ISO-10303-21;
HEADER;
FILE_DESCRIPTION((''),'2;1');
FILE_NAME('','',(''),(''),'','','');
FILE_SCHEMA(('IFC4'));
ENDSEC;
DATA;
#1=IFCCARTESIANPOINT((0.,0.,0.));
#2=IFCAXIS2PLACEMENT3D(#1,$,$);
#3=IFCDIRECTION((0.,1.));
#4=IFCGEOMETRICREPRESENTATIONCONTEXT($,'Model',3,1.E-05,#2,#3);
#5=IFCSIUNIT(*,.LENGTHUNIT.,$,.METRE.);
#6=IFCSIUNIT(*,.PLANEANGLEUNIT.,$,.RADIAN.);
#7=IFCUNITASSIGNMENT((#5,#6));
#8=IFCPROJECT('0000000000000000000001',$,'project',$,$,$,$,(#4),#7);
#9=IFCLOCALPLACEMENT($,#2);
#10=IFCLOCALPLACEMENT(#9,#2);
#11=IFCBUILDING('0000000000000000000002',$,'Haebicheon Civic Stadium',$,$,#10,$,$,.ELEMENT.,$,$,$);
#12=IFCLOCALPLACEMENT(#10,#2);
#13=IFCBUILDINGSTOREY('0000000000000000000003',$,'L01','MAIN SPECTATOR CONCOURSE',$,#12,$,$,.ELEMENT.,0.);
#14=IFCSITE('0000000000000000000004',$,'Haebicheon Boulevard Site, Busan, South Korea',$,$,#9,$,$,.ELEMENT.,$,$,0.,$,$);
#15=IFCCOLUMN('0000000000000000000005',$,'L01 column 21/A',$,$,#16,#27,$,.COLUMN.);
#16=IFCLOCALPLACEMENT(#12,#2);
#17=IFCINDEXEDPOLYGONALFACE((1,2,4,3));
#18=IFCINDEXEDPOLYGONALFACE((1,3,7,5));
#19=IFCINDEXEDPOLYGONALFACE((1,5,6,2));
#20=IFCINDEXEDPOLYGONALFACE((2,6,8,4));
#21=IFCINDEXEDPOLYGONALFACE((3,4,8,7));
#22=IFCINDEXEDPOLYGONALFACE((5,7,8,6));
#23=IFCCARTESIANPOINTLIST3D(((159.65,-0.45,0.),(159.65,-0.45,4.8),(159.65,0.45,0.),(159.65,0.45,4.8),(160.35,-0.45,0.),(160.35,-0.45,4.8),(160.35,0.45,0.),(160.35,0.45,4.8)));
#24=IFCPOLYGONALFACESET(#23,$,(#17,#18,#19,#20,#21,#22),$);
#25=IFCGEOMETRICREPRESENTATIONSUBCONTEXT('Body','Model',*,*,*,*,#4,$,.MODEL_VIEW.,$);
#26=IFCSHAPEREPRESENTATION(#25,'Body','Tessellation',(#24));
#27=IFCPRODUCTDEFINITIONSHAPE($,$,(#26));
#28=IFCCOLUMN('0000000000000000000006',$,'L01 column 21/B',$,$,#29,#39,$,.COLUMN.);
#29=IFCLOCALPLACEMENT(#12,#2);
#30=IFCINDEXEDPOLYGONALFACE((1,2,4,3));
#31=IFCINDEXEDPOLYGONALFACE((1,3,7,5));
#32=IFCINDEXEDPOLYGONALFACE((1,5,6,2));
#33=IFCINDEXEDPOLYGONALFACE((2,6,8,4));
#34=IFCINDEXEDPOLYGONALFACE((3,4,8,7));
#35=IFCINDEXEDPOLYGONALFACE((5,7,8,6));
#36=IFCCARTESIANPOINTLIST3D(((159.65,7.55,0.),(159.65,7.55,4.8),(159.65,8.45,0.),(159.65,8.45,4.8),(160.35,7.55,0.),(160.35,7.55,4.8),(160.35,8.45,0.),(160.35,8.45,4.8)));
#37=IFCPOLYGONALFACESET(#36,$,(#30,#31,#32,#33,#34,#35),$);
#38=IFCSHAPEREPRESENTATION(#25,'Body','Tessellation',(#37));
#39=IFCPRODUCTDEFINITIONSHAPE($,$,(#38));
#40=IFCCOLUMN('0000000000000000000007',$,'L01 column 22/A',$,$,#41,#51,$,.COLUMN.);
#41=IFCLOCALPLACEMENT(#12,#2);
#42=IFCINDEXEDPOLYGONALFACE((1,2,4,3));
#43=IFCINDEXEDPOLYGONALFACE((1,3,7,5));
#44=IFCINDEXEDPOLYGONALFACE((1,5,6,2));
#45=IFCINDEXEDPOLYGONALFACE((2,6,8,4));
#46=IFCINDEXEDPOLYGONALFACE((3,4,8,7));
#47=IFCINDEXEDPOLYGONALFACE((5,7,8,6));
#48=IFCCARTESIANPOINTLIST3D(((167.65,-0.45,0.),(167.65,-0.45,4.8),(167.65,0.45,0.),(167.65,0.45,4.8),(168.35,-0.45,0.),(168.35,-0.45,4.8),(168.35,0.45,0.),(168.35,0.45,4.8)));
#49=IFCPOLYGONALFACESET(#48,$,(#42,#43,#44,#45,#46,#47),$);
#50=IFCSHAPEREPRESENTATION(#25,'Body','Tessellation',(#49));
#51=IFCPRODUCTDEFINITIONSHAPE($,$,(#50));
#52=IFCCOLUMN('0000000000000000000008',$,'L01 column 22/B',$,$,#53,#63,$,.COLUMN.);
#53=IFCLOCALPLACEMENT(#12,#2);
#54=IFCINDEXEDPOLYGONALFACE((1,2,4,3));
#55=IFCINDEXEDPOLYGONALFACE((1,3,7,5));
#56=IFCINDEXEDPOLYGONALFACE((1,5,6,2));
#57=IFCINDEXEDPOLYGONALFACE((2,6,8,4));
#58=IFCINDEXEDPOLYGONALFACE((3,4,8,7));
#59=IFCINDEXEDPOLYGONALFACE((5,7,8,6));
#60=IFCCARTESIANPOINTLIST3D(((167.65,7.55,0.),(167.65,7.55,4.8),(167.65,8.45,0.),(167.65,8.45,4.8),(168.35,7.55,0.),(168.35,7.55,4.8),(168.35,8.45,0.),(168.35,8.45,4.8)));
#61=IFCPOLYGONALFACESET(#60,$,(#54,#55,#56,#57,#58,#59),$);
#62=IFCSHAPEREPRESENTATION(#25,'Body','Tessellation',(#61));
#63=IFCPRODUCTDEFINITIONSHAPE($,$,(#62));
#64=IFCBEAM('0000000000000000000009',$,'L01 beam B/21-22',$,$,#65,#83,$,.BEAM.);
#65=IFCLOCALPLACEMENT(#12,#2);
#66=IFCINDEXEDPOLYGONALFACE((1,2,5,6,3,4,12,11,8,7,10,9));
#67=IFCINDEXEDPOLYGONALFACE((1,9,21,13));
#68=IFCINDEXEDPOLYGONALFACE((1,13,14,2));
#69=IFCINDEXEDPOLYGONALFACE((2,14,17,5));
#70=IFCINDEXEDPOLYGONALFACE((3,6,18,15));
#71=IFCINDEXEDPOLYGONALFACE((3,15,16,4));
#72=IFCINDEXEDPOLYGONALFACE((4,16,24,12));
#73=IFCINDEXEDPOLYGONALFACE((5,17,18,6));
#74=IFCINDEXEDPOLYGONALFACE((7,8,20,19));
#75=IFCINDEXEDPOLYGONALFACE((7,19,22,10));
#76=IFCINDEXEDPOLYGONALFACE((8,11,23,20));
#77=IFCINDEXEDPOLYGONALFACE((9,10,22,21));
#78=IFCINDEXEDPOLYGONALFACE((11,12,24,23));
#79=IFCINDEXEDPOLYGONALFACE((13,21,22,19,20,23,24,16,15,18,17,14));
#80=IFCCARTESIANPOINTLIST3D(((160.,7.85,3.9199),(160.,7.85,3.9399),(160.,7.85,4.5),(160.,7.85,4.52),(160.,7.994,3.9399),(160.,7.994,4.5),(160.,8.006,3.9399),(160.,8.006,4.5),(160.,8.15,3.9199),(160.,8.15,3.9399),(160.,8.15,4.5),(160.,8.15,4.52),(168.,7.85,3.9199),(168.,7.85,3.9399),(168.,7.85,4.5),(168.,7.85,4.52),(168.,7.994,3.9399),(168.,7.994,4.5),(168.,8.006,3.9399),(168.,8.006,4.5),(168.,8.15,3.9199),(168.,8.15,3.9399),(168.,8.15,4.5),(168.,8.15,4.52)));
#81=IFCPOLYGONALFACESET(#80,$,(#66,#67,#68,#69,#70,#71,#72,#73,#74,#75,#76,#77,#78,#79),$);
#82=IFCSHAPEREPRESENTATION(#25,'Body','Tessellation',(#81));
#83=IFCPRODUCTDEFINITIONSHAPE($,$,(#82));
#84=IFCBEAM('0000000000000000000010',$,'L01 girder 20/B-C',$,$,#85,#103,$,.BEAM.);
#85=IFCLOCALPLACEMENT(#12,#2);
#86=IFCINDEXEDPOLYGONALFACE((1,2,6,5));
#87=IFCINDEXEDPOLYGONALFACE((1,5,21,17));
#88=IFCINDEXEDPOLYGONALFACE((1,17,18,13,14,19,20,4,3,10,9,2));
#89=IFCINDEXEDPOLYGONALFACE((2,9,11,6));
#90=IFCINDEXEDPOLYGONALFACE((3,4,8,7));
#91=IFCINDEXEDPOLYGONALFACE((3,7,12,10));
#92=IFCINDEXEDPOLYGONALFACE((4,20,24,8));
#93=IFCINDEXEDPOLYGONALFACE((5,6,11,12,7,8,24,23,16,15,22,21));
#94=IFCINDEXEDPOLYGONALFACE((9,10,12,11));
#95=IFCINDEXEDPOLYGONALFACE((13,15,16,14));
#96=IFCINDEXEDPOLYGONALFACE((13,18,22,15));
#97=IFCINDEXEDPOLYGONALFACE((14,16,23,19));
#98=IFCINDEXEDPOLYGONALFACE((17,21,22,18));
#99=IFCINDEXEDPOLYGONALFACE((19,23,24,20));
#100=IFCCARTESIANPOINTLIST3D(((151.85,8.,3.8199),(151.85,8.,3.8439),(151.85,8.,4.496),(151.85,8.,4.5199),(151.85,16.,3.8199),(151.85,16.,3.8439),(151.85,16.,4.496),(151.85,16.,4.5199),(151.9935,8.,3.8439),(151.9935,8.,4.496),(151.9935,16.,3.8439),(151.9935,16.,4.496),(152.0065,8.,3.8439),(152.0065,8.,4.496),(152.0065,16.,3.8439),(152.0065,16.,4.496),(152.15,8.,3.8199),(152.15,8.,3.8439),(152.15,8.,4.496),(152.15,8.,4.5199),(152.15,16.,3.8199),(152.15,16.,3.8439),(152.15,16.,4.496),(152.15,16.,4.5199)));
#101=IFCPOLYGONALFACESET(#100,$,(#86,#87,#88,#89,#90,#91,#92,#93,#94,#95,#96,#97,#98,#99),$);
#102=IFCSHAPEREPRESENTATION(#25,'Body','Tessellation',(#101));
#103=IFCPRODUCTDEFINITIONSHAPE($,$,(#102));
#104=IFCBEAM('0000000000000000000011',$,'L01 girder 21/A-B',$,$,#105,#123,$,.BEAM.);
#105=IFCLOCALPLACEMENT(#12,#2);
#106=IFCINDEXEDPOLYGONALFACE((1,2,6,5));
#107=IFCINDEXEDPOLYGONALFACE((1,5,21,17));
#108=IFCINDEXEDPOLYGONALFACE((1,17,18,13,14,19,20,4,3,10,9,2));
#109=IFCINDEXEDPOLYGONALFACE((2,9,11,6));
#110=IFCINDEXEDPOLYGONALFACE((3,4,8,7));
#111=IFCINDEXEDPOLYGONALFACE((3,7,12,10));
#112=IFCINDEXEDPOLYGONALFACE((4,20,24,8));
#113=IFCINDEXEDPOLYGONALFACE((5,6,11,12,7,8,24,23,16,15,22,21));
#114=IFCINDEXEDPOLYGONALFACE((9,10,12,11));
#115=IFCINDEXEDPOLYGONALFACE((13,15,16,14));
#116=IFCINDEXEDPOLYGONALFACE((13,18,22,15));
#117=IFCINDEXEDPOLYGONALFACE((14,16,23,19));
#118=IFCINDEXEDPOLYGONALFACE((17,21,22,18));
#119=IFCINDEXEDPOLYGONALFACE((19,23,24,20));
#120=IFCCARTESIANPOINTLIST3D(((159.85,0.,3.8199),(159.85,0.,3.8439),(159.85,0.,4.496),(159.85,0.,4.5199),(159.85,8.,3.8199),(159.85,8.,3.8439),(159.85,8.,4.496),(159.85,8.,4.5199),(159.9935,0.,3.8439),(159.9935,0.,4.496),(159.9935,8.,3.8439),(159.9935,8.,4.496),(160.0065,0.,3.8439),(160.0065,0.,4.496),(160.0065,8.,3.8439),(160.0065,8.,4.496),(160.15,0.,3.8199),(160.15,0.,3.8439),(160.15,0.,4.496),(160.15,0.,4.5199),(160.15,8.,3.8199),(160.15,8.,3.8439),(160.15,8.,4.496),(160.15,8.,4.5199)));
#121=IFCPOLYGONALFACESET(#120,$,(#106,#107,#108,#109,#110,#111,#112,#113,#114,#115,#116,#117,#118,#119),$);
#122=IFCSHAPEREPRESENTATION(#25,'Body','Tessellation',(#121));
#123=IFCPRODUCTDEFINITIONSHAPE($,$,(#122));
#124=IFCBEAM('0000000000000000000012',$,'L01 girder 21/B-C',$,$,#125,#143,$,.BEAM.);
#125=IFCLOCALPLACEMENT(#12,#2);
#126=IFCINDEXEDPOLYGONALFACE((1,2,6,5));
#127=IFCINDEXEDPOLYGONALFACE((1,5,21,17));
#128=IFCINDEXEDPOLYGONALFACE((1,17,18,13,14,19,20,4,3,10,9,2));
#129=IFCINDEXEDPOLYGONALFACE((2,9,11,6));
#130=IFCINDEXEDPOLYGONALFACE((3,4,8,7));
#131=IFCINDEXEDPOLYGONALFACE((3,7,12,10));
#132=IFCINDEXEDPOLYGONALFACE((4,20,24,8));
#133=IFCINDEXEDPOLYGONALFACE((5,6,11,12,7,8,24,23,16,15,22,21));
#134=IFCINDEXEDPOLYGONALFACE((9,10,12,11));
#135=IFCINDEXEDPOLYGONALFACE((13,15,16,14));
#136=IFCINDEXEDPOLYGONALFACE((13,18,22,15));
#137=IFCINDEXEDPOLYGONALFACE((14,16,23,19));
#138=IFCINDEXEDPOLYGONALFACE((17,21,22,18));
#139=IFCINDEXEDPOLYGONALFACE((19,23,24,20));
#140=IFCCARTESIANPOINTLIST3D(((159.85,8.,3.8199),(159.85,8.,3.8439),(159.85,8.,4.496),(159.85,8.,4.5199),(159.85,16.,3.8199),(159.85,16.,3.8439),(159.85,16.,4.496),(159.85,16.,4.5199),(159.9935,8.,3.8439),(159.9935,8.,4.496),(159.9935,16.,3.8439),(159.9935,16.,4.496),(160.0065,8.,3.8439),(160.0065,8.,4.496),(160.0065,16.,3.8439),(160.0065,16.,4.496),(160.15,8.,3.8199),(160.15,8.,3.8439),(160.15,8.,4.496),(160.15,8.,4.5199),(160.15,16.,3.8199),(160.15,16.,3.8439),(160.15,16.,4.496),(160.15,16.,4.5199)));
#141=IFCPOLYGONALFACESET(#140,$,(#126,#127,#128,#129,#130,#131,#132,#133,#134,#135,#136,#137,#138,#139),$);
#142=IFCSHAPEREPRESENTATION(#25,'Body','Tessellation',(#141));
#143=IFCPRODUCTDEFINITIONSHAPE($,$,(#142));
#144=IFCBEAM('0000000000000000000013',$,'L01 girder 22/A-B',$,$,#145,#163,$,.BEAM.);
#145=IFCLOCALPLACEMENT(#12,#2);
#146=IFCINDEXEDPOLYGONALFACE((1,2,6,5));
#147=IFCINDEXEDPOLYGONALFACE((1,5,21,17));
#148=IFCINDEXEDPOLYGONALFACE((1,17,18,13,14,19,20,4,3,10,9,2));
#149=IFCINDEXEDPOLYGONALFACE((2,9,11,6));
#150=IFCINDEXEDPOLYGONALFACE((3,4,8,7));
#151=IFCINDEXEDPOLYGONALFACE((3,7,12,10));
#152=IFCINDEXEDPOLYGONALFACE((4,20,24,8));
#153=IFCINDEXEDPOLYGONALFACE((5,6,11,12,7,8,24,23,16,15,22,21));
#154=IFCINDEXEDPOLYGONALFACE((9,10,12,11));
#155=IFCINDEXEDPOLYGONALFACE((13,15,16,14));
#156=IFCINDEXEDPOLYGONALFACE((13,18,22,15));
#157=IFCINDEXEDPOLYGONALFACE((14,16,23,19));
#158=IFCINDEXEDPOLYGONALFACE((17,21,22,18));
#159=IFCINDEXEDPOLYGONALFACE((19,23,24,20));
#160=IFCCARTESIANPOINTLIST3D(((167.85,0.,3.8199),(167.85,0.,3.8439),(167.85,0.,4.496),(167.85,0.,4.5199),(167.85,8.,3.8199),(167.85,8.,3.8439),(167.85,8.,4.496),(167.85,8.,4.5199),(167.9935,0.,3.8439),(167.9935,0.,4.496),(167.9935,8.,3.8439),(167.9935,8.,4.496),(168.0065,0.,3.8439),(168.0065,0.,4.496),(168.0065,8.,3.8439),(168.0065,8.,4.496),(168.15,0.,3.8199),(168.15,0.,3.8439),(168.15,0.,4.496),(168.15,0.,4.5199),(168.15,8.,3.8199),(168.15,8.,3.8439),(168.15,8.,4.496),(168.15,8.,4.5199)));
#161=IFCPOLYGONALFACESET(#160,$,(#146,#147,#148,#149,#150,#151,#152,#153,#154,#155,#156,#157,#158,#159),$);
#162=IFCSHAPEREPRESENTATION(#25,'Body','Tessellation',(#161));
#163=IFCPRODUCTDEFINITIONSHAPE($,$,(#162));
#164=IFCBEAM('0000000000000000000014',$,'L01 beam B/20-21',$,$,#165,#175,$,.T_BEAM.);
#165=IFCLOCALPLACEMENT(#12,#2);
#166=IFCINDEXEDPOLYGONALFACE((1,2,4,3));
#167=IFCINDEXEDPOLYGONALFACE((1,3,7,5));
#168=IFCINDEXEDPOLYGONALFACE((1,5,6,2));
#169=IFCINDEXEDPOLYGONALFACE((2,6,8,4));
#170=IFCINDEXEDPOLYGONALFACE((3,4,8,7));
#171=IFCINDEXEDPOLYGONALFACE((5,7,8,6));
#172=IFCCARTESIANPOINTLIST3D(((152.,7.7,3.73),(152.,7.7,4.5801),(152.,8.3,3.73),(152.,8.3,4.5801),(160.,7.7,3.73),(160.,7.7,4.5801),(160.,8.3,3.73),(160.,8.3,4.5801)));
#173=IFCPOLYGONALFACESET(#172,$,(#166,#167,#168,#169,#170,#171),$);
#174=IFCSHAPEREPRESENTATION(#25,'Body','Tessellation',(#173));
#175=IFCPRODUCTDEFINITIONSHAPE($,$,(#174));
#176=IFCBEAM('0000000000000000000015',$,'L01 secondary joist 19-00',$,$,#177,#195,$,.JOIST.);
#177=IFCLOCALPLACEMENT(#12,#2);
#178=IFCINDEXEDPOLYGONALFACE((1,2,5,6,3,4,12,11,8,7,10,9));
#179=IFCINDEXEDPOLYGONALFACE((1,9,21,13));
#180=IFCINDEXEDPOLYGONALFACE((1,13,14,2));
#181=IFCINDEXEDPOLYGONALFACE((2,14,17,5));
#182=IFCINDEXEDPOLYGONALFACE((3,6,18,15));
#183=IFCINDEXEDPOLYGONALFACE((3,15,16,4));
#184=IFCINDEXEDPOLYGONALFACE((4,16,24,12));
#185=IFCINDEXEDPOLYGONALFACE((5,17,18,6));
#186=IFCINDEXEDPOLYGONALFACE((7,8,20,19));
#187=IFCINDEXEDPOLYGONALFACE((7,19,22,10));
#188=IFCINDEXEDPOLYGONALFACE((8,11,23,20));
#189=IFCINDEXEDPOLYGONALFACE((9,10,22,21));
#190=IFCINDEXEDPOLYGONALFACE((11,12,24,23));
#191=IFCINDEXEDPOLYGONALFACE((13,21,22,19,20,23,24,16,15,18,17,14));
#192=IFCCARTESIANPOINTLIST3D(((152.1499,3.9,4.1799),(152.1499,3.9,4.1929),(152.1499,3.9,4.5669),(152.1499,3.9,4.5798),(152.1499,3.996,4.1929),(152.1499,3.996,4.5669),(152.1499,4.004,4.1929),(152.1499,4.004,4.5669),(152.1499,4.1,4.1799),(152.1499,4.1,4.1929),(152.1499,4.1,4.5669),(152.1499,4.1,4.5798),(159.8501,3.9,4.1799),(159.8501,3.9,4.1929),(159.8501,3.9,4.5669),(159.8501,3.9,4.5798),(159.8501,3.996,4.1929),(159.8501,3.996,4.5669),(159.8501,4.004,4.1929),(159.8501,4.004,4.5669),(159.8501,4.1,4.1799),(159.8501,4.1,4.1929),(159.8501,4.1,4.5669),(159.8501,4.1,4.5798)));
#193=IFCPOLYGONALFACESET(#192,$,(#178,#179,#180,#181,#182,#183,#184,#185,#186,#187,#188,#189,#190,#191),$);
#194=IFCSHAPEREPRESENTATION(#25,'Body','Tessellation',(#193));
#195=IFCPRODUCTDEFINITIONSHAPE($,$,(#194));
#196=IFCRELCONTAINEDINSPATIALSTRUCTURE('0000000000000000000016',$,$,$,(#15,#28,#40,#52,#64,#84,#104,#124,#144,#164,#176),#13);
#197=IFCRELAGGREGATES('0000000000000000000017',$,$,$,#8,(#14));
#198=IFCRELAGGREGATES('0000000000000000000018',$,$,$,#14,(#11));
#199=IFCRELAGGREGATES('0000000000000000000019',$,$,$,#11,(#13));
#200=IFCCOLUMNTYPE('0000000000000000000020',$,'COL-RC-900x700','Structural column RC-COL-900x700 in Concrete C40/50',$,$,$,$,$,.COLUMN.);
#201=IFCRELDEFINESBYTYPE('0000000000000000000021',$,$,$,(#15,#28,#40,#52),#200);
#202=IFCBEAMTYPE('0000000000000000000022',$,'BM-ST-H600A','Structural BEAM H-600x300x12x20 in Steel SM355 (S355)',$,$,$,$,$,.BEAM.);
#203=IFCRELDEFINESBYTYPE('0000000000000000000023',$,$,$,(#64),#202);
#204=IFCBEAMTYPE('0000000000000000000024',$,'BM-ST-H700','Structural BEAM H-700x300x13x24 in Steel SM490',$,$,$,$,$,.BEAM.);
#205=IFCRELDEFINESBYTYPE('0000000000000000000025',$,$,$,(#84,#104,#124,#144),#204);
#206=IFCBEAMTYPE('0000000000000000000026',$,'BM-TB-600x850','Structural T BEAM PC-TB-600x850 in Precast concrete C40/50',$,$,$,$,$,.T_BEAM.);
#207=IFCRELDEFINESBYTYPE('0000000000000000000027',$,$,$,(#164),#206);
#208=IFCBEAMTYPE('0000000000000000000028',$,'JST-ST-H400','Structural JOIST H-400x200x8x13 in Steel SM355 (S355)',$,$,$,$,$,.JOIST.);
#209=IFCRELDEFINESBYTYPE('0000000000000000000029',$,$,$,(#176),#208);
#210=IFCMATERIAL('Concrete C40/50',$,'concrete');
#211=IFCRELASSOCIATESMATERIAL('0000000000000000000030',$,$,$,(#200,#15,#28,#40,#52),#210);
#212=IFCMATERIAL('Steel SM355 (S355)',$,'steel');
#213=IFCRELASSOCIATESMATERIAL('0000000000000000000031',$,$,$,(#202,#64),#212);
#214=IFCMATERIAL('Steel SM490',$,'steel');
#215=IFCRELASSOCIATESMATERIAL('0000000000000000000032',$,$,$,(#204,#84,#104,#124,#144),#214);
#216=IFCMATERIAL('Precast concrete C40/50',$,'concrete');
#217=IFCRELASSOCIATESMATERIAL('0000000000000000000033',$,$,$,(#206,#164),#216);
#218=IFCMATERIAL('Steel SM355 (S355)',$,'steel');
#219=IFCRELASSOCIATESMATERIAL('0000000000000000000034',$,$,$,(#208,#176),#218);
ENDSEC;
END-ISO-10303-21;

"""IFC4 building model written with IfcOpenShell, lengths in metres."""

from ifc_helpers import new_model, si_unit, direction, frame, origin, origin_2d, place, context, subcontext, project, spatial, rectangle, i_section, extrude, material, material_profile, profile_set, type_object, element, save


model = new_model("IFC4")

# Units and contexts
model_context = context("Model", 3, precision=1e-05, world=origin(), true_north=direction((0.0, 1.0)))
body_context = subcontext(model_context, "Body", "Model", "MODEL_VIEW")
ifc_project = project(units=[si_unit("LENGTHUNIT", "METRE"), si_unit("PLANEANGLEUNIT", "RADIAN")], contexts=[model_context])

# Site, building, storey
site_placement = place(None, origin())
site = spatial("IfcSite", under=ifc_project, at=site_placement, Name="Haebicheon Boulevard Site, Busan, South Korea", CompositionType="ELEMENT", RefElevation=0.0)
building_placement = place(site_placement, origin())
building = spatial("IfcBuilding", under=site, at=building_placement, Name="Haebicheon Civic Stadium", CompositionType="ELEMENT")
storey_placement = place(building_placement, origin())
storey = spatial("IfcBuildingStorey", under=building, at=storey_placement, Name="L01", Description="MAIN SPECTATOR CONCOURSE", CompositionType="ELEMENT", Elevation=0.0)

# Columns
ifc_material_1 = material(Name="Concrete C40/50", Category="concrete")
ifc_material_profile_1 = material_profile(ifc_material_1, rectangle(XDim=0.7, YDim=0.8999, at=origin_2d()), Name="RC-COL-900x700")
ifc_profile_set_1 = profile_set([ifc_material_profile_1], Name="Concrete C40/50")
column_type = type_object("IfcColumnType", Name="COL-RC-900x700", Description="Structural column RC-COL-900x700 in Concrete C40/50", PredefinedType="COLUMN", material=ifc_profile_set_1)
for number, where, z_axis, x_axis, name in (
    (1, (160.0, 0.0, 0.0), (0.0, 0.0, 1.0), (1.0, 0.0, 0.0), "L01 column 21/A"),
    (2, (160.0, 8.0, 0.0), (0.0, 0.0, 1.0), (1.0, 0.0, 0.0), "L01 column 21/B"),
    (3, (168.0, 0.0, 0.0), (0.0, 0.0, 1.0), (1.0, 0.0, 0.0), "L01 column 22/A"),
    (4, (168.0, 8.0, 0.0), (0.0, 0.0, 1.0), (1.0, 0.0, 0.0), "L01 column 22/B"),
):
    element("IfcColumn", number, at=place(storey_placement, frame(where, z_axis=z_axis, x_axis=x_axis)), inside=storey, type_object=column_type, material=ifc_profile_set_1, Name=name, PredefinedType="COLUMN", context=body_context, shape_type="SweptSolid", body=[
        extrude(rectangle(XDim=0.7, YDim=0.8999, at=origin_2d()), origin(), (0.0, 0.0, 1.0), 4.8),
    ])

# Beams
ifc_material_2 = material(Name="Steel SM355 (S355)", Category="steel")
ifc_material_profile_2 = material_profile(ifc_material_2, i_section(OverallWidth=0.3, OverallDepth=0.6001, WebThickness=0.012, FlangeThickness=0.02, at=origin_2d()), Name="H-600x300x12x20")
ifc_profile_set_2 = profile_set([ifc_material_profile_2], Name="Steel SM355 (S355)")
beam_type_1 = type_object("IfcBeamType", Name="BM-ST-H600A", Description="Structural BEAM H-600x300x12x20 in Steel SM355 (S355)", PredefinedType="BEAM", material=ifc_profile_set_2)
beam_1_placement = place(storey_placement, frame((160.0, 8.0, 4.22), z_axis=(1.0, 0.0, 0.0), x_axis=(0.0, 1.0, 0.0)))
element("IfcBeam", 5, at=beam_1_placement, inside=storey, type_object=beam_type_1, material=ifc_profile_set_2, Name="L01 beam B/21-22", PredefinedType="BEAM", context=body_context, shape_type="SweptSolid", body=[
    extrude(i_section(OverallWidth=0.3, OverallDepth=0.6001, WebThickness=0.012, FlangeThickness=0.02, at=origin_2d()), origin(), (0.0, 0.0, 1.0), 8.0),
])
ifc_material_3 = material(Name="Steel SM490", Category="steel")
ifc_material_profile_3 = material_profile(ifc_material_3, i_section(OverallWidth=0.3, OverallDepth=0.7, WebThickness=0.0129, FlangeThickness=0.0239, at=origin_2d()), Name="H-700x300x13x24")
ifc_profile_set_3 = profile_set([ifc_material_profile_3], Name="Steel SM490")
beam_type_2 = type_object("IfcBeamType", Name="BM-ST-H700", Description="Structural BEAM H-700x300x13x24 in Steel SM490", PredefinedType="BEAM", material=ifc_profile_set_3)
for number, where, z_axis, x_axis, name in (
    (6, (152.0, 8.0, 4.1699), (0.0, 1.0, 0.0), (-1.0, 0.0, 0.0), "L01 girder 20/B-C"),
    (7, (160.0, 0.0, 4.1699), (0.0, 1.0, 0.0), (-1.0, 0.0, 0.0), "L01 girder 21/A-B"),
    (8, (160.0, 8.0, 4.1699), (0.0, 1.0, 0.0), (-1.0, 0.0, 0.0), "L01 girder 21/B-C"),
    (9, (168.0, 0.0, 4.1699), (0.0, 1.0, 0.0), (-1.0, 0.0, 0.0), "L01 girder 22/A-B"),
):
    element("IfcBeam", number, at=place(storey_placement, frame(where, z_axis=z_axis, x_axis=x_axis)), inside=storey, type_object=beam_type_2, material=ifc_profile_set_3, Name=name, PredefinedType="BEAM", context=body_context, shape_type="SweptSolid", body=[
        extrude(i_section(OverallWidth=0.3, OverallDepth=0.7, WebThickness=0.0129, FlangeThickness=0.0239, at=origin_2d()), origin(), (0.0, 0.0, 1.0), 8.0),
    ])
ifc_material_4 = material(Name="Precast concrete C40/50", Category="concrete")
ifc_material_profile_4 = material_profile(ifc_material_4, rectangle(XDim=0.6001, YDim=0.8501, at=origin_2d()), Name="PC-TB-600x850")
ifc_profile_set_4 = profile_set([ifc_material_profile_4], Name="Precast concrete C40/50")
beam_type_3 = type_object("IfcBeamType", Name="BM-TB-600x850", Description="Structural T BEAM PC-TB-600x850 in Precast concrete C40/50", PredefinedType="T_BEAM", material=ifc_profile_set_4)
beam_2_placement = place(storey_placement, frame((152.0, 8.0, 4.155), z_axis=(1.0, 0.0, 0.0), x_axis=(0.0, 1.0, 0.0)))
element("IfcBeam", 10, at=beam_2_placement, inside=storey, type_object=beam_type_3, material=ifc_profile_set_4, Name="L01 beam B/20-21", PredefinedType="T_BEAM", context=body_context, shape_type="SweptSolid", body=[
    extrude(rectangle(XDim=0.6001, YDim=0.8501, at=origin_2d()), origin(), (0.0, 0.0, 1.0), 8.0),
])
ifc_material_5 = material(Name="Steel SM355 (S355)", Category="steel")
ifc_material_profile_5 = material_profile(ifc_material_5, i_section(OverallWidth=0.2, OverallDepth=0.3999, WebThickness=0.0081, FlangeThickness=0.0129, at=origin_2d()), Name="H-400x200x8x13")
ifc_profile_set_5 = profile_set([ifc_material_profile_5], Name="Steel SM355 (S355)")
beam_type_4 = type_object("IfcBeamType", Name="JST-ST-H400", Description="Structural JOIST H-400x200x8x13 in Steel SM355 (S355)", PredefinedType="JOIST", material=ifc_profile_set_5)
for number, where, z_axis, x_axis, name in (
    (11, (152.1499, 4.0, 4.3799), (1.0, 0.0, 0.0), (0.0, 1.0, 0.0), "L01 secondary joist 19-00"),
):
    element("IfcBeam", number, at=place(storey_placement, frame(where, z_axis=z_axis, x_axis=x_axis)), inside=storey, type_object=beam_type_4, material=ifc_profile_set_5, Name=name, PredefinedType="JOIST", context=body_context, shape_type="SweptSolid", body=[
        extrude(i_section(OverallWidth=0.2, OverallDepth=0.3999, WebThickness=0.0081, FlangeThickness=0.0129, at=origin_2d()), origin(), (0.0, 0.0, 1.0), 7.7002),
    ])

save(model, "model.ifc")
